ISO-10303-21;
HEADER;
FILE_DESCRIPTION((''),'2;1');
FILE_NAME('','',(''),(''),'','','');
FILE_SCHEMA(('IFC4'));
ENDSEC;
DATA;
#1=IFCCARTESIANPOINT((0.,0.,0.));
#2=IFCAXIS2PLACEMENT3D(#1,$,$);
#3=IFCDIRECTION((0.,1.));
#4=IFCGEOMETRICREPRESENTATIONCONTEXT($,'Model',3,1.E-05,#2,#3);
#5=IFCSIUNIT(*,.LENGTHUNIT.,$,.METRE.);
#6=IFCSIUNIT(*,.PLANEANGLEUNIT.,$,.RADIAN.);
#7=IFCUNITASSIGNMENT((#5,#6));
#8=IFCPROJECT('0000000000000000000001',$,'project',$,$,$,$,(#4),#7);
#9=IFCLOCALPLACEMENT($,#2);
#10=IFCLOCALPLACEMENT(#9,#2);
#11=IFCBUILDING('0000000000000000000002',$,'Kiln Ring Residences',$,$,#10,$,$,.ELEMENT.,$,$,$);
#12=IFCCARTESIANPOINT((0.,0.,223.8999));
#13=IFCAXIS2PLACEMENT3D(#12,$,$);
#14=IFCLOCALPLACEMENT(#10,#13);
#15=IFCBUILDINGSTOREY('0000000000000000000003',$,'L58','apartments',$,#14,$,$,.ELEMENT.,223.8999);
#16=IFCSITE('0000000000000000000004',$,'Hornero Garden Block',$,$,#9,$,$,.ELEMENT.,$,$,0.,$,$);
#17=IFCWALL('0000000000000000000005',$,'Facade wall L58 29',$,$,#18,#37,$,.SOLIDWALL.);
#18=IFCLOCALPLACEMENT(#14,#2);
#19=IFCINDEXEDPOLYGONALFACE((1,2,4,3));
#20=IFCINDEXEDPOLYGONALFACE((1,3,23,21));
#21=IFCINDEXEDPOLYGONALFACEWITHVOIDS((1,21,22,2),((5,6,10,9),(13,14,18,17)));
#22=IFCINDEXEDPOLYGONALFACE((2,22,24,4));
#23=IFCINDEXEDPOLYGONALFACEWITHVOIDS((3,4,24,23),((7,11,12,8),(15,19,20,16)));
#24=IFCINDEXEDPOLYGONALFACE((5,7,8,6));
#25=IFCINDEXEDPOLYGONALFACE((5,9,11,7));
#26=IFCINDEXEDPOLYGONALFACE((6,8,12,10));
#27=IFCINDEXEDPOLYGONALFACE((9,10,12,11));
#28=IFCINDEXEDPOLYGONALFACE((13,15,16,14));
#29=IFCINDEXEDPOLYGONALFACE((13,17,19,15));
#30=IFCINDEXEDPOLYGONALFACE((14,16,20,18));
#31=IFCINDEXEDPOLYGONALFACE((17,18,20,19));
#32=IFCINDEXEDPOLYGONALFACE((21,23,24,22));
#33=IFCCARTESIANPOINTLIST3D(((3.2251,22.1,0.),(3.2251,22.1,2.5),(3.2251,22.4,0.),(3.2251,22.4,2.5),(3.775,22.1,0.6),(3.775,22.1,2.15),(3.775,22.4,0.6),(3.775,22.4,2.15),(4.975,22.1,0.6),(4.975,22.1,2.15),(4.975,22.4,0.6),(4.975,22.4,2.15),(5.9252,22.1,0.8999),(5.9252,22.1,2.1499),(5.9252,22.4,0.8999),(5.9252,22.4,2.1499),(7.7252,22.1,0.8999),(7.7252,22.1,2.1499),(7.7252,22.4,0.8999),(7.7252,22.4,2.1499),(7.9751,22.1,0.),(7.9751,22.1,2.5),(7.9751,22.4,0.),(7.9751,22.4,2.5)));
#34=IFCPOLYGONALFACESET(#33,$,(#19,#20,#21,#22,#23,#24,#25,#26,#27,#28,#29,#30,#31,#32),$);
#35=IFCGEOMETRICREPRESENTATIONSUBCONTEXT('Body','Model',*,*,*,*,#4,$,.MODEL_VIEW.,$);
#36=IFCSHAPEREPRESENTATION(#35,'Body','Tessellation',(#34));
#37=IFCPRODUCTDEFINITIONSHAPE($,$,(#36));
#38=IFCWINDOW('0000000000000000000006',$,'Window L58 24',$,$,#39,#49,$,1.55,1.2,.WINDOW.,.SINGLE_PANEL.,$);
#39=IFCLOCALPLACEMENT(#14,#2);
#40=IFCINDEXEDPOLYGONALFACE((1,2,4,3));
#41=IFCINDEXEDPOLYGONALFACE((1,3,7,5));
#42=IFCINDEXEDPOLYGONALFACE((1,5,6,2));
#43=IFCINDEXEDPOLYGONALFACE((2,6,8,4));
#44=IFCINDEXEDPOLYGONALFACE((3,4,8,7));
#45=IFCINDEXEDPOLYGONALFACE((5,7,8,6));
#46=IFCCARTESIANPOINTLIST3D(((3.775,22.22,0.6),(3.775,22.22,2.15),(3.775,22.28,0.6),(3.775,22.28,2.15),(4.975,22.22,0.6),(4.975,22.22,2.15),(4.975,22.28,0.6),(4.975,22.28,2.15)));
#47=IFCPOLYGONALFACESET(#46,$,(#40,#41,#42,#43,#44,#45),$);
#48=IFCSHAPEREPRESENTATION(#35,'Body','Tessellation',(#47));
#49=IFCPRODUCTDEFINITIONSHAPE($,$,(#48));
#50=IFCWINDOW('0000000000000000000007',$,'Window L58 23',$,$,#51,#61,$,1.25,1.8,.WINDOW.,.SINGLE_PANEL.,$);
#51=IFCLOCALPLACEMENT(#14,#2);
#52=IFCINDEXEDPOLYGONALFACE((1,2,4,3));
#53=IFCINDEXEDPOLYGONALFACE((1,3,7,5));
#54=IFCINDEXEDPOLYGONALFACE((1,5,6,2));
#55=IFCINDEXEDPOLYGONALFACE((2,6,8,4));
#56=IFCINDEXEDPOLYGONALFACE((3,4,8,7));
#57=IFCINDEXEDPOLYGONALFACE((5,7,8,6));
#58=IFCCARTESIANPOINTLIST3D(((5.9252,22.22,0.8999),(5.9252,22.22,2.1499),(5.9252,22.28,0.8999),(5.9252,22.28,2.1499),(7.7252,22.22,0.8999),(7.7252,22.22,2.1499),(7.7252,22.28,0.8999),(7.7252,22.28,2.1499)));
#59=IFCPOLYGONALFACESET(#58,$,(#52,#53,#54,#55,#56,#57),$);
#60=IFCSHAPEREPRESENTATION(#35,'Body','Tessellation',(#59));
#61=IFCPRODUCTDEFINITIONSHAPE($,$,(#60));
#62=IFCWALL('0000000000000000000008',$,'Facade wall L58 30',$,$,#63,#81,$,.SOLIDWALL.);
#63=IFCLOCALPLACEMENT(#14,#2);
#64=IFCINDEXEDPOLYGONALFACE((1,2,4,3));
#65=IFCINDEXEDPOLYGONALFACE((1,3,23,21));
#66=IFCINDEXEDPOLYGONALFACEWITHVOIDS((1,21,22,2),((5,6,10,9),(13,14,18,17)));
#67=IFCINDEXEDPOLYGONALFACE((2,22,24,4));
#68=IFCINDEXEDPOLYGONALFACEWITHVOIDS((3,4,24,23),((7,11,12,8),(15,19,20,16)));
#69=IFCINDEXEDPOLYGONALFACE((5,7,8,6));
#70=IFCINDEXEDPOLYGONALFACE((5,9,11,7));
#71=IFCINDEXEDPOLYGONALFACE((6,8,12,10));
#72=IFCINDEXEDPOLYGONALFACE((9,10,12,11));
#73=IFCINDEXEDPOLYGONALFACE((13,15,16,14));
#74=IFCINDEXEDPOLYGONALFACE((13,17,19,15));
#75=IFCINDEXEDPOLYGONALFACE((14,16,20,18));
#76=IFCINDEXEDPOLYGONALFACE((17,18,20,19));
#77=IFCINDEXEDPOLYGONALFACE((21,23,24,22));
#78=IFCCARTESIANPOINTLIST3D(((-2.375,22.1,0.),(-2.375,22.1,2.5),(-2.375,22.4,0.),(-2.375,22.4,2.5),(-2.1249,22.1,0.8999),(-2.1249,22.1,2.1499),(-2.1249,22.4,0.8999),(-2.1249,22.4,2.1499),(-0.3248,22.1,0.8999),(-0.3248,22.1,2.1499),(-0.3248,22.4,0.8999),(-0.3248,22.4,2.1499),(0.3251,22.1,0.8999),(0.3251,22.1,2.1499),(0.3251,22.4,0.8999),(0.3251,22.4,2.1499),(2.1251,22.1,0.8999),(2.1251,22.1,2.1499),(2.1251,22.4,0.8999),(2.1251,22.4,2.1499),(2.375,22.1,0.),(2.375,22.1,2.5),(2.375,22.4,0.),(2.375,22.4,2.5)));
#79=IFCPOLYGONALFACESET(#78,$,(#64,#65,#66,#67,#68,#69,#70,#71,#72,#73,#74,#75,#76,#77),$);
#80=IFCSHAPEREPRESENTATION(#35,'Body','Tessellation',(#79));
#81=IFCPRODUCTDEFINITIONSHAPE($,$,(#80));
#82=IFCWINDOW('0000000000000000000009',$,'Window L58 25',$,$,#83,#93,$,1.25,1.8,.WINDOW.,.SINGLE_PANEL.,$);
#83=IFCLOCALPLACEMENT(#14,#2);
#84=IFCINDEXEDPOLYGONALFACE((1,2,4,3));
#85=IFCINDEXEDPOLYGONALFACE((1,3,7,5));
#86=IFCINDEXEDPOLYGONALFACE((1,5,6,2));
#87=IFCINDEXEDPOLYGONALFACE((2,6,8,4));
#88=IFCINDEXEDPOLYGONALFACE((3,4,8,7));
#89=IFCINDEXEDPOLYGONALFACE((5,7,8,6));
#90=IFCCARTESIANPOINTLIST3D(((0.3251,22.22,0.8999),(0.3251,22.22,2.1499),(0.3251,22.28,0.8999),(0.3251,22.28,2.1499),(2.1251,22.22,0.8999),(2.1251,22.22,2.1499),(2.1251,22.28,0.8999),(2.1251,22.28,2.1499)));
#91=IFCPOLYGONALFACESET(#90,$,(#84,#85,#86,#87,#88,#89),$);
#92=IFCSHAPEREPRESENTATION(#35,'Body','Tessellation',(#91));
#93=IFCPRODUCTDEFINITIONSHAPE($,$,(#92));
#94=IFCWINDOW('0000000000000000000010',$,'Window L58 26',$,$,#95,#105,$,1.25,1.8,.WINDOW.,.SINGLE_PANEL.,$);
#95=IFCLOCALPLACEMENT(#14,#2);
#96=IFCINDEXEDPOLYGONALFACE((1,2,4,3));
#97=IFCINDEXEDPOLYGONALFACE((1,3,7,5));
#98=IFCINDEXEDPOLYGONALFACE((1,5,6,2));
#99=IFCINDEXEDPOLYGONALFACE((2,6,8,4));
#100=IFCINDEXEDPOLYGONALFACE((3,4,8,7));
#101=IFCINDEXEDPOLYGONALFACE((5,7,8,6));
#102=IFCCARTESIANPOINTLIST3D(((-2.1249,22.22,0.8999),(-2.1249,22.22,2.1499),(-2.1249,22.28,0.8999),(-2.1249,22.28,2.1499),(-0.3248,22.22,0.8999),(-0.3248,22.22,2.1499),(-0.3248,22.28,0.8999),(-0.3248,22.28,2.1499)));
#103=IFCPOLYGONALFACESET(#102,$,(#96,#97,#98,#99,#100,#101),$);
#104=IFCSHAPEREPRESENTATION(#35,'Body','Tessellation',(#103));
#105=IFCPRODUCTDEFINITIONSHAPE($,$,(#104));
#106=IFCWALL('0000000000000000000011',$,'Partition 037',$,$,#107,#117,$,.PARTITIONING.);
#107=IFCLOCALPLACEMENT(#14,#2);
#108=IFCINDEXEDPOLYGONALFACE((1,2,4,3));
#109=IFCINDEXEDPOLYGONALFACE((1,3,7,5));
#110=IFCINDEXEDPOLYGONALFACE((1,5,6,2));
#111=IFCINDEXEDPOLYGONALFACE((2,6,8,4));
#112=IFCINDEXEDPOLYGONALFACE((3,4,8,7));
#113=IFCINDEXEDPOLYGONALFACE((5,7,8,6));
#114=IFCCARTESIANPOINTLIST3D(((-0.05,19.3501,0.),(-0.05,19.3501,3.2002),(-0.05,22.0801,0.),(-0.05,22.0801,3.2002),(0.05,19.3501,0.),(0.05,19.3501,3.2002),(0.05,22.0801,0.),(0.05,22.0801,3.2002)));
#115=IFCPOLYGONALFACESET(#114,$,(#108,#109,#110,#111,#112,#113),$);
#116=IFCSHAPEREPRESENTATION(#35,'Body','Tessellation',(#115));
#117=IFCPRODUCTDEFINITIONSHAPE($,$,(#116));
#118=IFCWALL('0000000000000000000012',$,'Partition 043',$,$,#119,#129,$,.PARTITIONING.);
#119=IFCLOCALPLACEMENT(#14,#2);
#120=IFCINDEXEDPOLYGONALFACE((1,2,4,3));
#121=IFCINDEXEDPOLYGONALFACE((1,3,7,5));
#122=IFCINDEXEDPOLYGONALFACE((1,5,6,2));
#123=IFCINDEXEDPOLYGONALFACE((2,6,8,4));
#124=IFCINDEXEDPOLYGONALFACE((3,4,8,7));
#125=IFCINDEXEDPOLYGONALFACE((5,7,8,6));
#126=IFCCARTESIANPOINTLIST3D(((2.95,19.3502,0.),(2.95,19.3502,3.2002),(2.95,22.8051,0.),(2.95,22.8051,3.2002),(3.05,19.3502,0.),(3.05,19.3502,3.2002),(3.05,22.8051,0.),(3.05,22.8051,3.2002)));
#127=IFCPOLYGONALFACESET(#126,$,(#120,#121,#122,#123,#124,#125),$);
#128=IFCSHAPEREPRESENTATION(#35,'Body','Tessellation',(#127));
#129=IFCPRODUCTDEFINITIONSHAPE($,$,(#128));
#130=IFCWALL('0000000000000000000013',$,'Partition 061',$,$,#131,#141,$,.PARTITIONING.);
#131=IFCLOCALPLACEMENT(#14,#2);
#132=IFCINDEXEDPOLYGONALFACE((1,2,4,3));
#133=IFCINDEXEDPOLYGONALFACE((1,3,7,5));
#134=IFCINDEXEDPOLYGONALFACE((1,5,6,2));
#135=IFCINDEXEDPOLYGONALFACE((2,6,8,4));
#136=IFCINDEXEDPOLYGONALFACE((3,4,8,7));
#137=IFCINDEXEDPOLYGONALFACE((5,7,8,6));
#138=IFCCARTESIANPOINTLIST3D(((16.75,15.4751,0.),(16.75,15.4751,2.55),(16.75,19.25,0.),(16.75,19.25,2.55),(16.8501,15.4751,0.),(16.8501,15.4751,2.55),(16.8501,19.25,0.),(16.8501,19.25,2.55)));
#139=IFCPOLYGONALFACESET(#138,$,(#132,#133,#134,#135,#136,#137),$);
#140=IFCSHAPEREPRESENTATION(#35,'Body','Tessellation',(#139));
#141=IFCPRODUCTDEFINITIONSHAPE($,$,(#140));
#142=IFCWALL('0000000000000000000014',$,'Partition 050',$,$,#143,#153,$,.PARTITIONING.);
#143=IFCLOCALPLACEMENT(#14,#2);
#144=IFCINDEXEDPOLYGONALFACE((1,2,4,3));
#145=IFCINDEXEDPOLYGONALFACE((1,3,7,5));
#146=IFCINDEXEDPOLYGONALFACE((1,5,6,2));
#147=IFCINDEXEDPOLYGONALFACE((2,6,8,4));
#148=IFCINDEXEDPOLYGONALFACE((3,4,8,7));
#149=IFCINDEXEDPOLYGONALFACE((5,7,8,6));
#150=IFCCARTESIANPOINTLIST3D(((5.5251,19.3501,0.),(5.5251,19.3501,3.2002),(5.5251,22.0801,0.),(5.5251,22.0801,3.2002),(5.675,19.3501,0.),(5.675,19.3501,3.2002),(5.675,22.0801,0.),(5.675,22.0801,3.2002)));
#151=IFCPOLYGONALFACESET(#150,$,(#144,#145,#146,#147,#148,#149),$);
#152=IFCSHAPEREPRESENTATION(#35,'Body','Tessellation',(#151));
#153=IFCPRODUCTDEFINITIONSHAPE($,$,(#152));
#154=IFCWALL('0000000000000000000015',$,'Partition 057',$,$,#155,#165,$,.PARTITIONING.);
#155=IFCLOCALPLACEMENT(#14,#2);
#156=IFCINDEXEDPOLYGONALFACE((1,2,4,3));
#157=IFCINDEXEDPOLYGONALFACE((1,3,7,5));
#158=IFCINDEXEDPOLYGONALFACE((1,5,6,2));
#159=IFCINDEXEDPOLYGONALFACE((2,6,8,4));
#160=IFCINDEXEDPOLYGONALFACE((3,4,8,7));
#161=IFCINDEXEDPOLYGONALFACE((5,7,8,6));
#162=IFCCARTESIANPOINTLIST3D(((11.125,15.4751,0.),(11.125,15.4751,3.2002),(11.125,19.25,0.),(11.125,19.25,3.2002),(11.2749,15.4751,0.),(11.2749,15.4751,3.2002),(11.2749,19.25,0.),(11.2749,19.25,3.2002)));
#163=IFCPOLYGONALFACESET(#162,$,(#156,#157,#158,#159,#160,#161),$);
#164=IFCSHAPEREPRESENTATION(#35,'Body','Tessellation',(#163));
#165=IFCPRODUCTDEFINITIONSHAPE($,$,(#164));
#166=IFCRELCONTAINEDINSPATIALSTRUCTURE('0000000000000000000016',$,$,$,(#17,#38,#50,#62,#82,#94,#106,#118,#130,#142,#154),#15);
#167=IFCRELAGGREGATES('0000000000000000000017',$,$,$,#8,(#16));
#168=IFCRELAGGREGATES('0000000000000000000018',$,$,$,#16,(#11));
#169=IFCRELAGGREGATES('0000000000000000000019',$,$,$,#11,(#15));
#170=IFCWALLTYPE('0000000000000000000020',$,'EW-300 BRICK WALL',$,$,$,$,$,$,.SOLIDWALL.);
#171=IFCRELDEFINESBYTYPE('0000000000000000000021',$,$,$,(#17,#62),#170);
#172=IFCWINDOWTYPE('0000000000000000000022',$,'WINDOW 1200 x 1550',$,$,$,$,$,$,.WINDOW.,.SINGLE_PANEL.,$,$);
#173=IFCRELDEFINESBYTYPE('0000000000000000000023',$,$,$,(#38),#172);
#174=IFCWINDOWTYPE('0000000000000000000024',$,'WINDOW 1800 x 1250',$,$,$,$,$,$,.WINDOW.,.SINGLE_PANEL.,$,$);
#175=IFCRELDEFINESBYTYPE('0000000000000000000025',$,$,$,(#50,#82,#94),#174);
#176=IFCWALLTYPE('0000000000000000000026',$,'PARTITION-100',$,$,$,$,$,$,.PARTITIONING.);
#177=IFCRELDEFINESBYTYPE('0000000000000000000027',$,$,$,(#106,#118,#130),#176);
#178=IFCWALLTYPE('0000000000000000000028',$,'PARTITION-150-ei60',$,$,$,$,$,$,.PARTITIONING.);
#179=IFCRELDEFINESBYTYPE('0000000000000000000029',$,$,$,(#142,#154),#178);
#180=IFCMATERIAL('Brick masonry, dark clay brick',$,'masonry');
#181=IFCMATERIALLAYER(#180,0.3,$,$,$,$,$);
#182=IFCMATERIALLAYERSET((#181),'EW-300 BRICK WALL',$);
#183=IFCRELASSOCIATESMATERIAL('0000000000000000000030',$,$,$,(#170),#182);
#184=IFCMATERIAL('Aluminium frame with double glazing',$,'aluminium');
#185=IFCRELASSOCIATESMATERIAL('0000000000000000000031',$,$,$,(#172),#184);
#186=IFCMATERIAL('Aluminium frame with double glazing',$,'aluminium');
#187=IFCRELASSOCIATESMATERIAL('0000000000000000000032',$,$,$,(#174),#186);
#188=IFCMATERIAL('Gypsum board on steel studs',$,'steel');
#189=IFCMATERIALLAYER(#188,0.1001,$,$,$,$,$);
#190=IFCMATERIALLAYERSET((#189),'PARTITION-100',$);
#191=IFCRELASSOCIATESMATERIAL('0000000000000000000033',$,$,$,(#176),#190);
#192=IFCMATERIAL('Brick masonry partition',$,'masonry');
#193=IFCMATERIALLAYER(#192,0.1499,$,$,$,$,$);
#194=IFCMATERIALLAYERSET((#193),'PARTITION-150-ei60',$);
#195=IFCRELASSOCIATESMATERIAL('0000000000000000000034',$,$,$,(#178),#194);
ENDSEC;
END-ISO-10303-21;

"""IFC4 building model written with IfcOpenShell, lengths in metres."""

from ifc_helpers import new_model, si_unit, direction, frame, frame_2d, origin, place, context, subcontext, project, spatial, rectangle, extrude, material, layer, layer_set, type_object, element, fill, save


model = new_model("IFC4")

# Units and contexts
model_context = context("Model", 3, precision=1e-05, world=origin(), true_north=direction((0.0, 1.0)))
body_context = subcontext(model_context, "Body", "Model", "MODEL_VIEW")
ifc_project = project(units=[si_unit("LENGTHUNIT", "METRE"), si_unit("PLANEANGLEUNIT", "RADIAN")], contexts=[model_context])

# Site, building, storey
site_placement = place(None, origin())
site = spatial("IfcSite", under=ifc_project, at=site_placement, Name="Hornero Garden Block", CompositionType="ELEMENT", RefElevation=0.0)
building_placement = place(site_placement, origin())
building = spatial("IfcBuilding", under=site, at=building_placement, Name="Kiln Ring Residences", CompositionType="ELEMENT")
storey_placement = place(building_placement, frame((0.0, 0.0, 223.8999)))
storey = spatial("IfcBuildingStorey", under=building, at=storey_placement, Name="L58", Description="apartments", CompositionType="ELEMENT", Elevation=223.8999)

# Shared definitions
ifc_material_1 = material(Name="Brick masonry, dark clay brick", Category="masonry")
ifc_layer_1 = layer(ifc_material_1, 0.3)
ifc_layer_set_1 = layer_set([ifc_layer_1], Name="EW-300 BRICK WALL")
wall_type_1 = type_object("IfcWallType", Name="EW-300 BRICK WALL", PredefinedType="SOLIDWALL", material=ifc_layer_set_1)
ifc_material_2 = material(Name="Aluminium frame with double glazing", Category="aluminium")
window_type_1 = type_object("IfcWindowType", Name="WINDOW 1200 x 1550", PartitioningType="SINGLE_PANEL", PredefinedType="WINDOW", material=ifc_material_2)

# Walls, openings, windows
wall_1_placement = place(storey_placement, frame((7.9751, 22.25, 0.0), z_axis=(0.0, 0.0, 1.0), x_axis=(-1.0, 0.0, 0.0)))
wall_1 = element("IfcWall", 1, at=wall_1_placement, inside=storey, type_object=wall_type_1, Name="Facade wall L58 29", PredefinedType="SOLIDWALL", context=body_context, shape_type="SweptSolid", body=[
    extrude(rectangle(XDim=4.75, YDim=0.3, at=frame_2d((2.375, 0.0))), origin(), (0.0, 0.0, 1.0), 2.5),
])
opening_1_placement = place(wall_1_placement, frame((0.25, 0.0, 0.8999)))
opening_1 = element("IfcOpeningElement", 2, at=opening_1_placement, cuts=wall_1, PredefinedType="OPENING", context=body_context, shape_type="SweptSolid", body=[
    extrude(rectangle(XDim=1.8, YDim=1.25, at=frame_2d((0.8999, 0.625))), frame((0.0, 0.1599, 0.0), z_axis=(0.0, -1.0, 0.0), x_axis=(1.0, 0.0, 0.0)), (0.0, 0.0, 1.0), 0.3201),
])
opening_2_placement = place(wall_1_placement, frame((3.0, 0.0, 0.6001)))
opening_2 = element("IfcOpeningElement", 3, at=opening_2_placement, cuts=wall_1, PredefinedType="OPENING", context=body_context, shape_type="SweptSolid", body=[
    extrude(rectangle(XDim=1.2, YDim=1.55, at=frame_2d((0.6001, 0.7749))), frame((0.0, 0.1599, 0.0), z_axis=(0.0, -1.0, 0.0), x_axis=(1.0, 0.0, 0.0)), (0.0, 0.0, 1.0), 0.3201),
])
window_1_placement = place(opening_2_placement, origin())
window_1 = element("IfcWindow", 4, at=window_1_placement, inside=storey, type_object=window_type_1, Name="Window L58 24", OverallHeight=1.55, OverallWidth=1.2, PartitioningType="SINGLE_PANEL", PredefinedType="WINDOW", context=body_context, shape_type="SweptSolid", body=[
    extrude(rectangle(XDim=1.2, YDim=1.55, at=frame_2d((0.6001, 0.7749))), frame((0.0, 0.03, 0.0), z_axis=(0.0, -1.0, 0.0), x_axis=(1.0, 0.0, 0.0)), (0.0, 0.0, 1.0), 0.0601),
])
fill(opening_2, window_1)
ifc_material_3 = material(Name="Aluminium frame with double glazing", Category="aluminium")
window_type_2 = type_object("IfcWindowType", Name="WINDOW 1800 x 1250", PartitioningType="SINGLE_PANEL", PredefinedType="WINDOW", material=ifc_material_3)
window_2_placement = place(opening_1_placement, origin())
window_2 = element("IfcWindow", 5, at=window_2_placement, inside=storey, type_object=window_type_2, Name="Window L58 23", OverallHeight=1.25, OverallWidth=1.8, PartitioningType="SINGLE_PANEL", PredefinedType="WINDOW", context=body_context, shape_type="SweptSolid", body=[
    extrude(rectangle(XDim=1.8, YDim=1.25, at=frame_2d((0.8999, 0.625))), frame((0.0, 0.03, 0.0), z_axis=(0.0, -1.0, 0.0), x_axis=(1.0, 0.0, 0.0)), (0.0, 0.0, 1.0), 0.0601),
])
fill(opening_1, window_2)
wall_2_placement = place(storey_placement, frame((2.375, 22.25, 0.0), z_axis=(0.0, 0.0, 1.0), x_axis=(-1.0, 0.0, 0.0)))
wall_2 = element("IfcWall", 6, at=wall_2_placement, inside=storey, type_object=wall_type_1, Name="Facade wall L58 30", PredefinedType="SOLIDWALL", context=body_context, shape_type="SweptSolid", body=[
    extrude(rectangle(XDim=4.75, YDim=0.3, at=frame_2d((2.375, 0.0))), origin(), (0.0, 0.0, 1.0), 2.5),
])
opening_3_placement = place(wall_2_placement, frame((0.25, 0.0, 0.8999)))
opening_3 = element("IfcOpeningElement", 7, at=opening_3_placement, cuts=wall_2, PredefinedType="OPENING", context=body_context, shape_type="SweptSolid", body=[
    extrude(rectangle(XDim=1.8, YDim=1.25, at=frame_2d((0.8999, 0.625))), frame((0.0, 0.1599, 0.0), z_axis=(0.0, -1.0, 0.0), x_axis=(1.0, 0.0, 0.0)), (0.0, 0.0, 1.0), 0.3201),
])
opening_4_placement = place(wall_2_placement, frame((2.7, 0.0, 0.8999)))
opening_4 = element("IfcOpeningElement", 8, at=opening_4_placement, cuts=wall_2, PredefinedType="OPENING", context=body_context, shape_type="SweptSolid", body=[
    extrude(rectangle(XDim=1.8, YDim=1.25, at=frame_2d((0.8999, 0.625))), frame((0.0, 0.1599, 0.0), z_axis=(0.0, -1.0, 0.0), x_axis=(1.0, 0.0, 0.0)), (0.0, 0.0, 1.0), 0.3201),
])
window_3_placement = place(opening_3_placement, origin())
window_3 = element("IfcWindow", 9, at=window_3_placement, inside=storey, type_object=window_type_2, Name="Window L58 25", OverallHeight=1.25, OverallWidth=1.8, PartitioningType="SINGLE_PANEL", PredefinedType="WINDOW", context=body_context, shape_type="SweptSolid", body=[
    extrude(rectangle(XDim=1.8, YDim=1.25, at=frame_2d((0.8999, 0.625))), frame((0.0, 0.03, 0.0), z_axis=(0.0, -1.0, 0.0), x_axis=(1.0, 0.0, 0.0)), (0.0, 0.0, 1.0), 0.0601),
])
fill(opening_3, window_3)
window_4_placement = place(opening_4_placement, origin())
window_4 = element("IfcWindow", 10, at=window_4_placement, inside=storey, type_object=window_type_2, Name="Window L58 26", OverallHeight=1.25, OverallWidth=1.8, PartitioningType="SINGLE_PANEL", PredefinedType="WINDOW", context=body_context, shape_type="SweptSolid", body=[
    extrude(rectangle(XDim=1.8, YDim=1.25, at=frame_2d((0.8999, 0.625))), frame((0.0, 0.03, 0.0), z_axis=(0.0, -1.0, 0.0), x_axis=(1.0, 0.0, 0.0)), (0.0, 0.0, 1.0), 0.0601),
])
fill(opening_4, window_4)

# Walls
ifc_material_4 = material(Name="Gypsum board on steel studs", Category="steel")
ifc_layer_2 = layer(ifc_material_4, 0.1001)
ifc_layer_set_2 = layer_set([ifc_layer_2], Name="PARTITION-100")
wall_type_2 = type_object("IfcWallType", Name="PARTITION-100", PredefinedType="PARTITIONING", material=ifc_layer_set_2)
wall_3_placement = place(storey_placement, frame((0.0, 19.3501, 0.0), z_axis=(0.0, 0.0, 1.0), x_axis=(0.0, 1.0, 0.0)))
element("IfcWall", 11, at=wall_3_placement, inside=storey, type_object=wall_type_2, Name="Partition 037", PredefinedType="PARTITIONING", context=body_context, shape_type="SweptSolid", body=[
    extrude(rectangle(XDim=2.73, YDim=0.1001, at=frame_2d((1.365, 0.0))), origin(), (0.0, 0.0, 1.0), 3.2002),
])
wall_4_placement = place(storey_placement, frame((3.0, 19.3501, 0.0), z_axis=(0.0, 0.0, 1.0), x_axis=(0.0, 1.0, 0.0)))
element("IfcWall", 12, at=wall_4_placement, inside=storey, type_object=wall_type_2, Name="Partition 043", PredefinedType="PARTITIONING", context=body_context, shape_type="SweptSolid", body=[
    extrude(rectangle(XDim=3.4548, YDim=0.1001, at=frame_2d((1.7275, 0.0))), origin(), (0.0, 0.0, 1.0), 3.2002),
])
wall_5_placement = place(storey_placement, frame((16.8, 15.4751, 0.0), z_axis=(0.0, 0.0, 1.0), x_axis=(0.0, 1.0, 0.0)))
element("IfcWall", 13, at=wall_5_placement, inside=storey, type_object=wall_type_2, Name="Partition 061", PredefinedType="PARTITIONING", context=body_context, shape_type="SweptSolid", body=[
    extrude(rectangle(XDim=3.7749, YDim=0.1001, at=frame_2d((1.8875, 0.0))), origin(), (0.0, 0.0, 1.0), 2.55),
])
ifc_material_5 = material(Name="Brick masonry partition", Category="masonry")
ifc_layer_3 = layer(ifc_material_5, 0.1499)
ifc_layer_set_3 = layer_set([ifc_layer_3], Name="PARTITION-150-ei60")
wall_type_3 = type_object("IfcWallType", Name="PARTITION-150-ei60", PredefinedType="PARTITIONING", material=ifc_layer_set_3)
wall_6_placement = place(storey_placement, frame((5.6001, 19.3501, 0.0), z_axis=(0.0, 0.0, 1.0), x_axis=(0.0, 1.0, 0.0)))
element("IfcWall", 14, at=wall_6_placement, inside=storey, type_object=wall_type_3, Name="Partition 050", PredefinedType="PARTITIONING", context=body_context, shape_type="SweptSolid", body=[
    extrude(rectangle(XDim=2.73, YDim=0.1499, at=frame_2d((1.365, 0.0))), origin(), (0.0, 0.0, 1.0), 3.2002),
])
wall_7_placement = place(storey_placement, frame((11.2, 15.4751, 0.0), z_axis=(0.0, 0.0, 1.0), x_axis=(0.0, 1.0, 0.0)))
element("IfcWall", 15, at=wall_7_placement, inside=storey, type_object=wall_type_3, Name="Partition 057", PredefinedType="PARTITIONING", context=body_context, shape_type="SweptSolid", body=[
    extrude(rectangle(XDim=3.7749, YDim=0.1499, at=frame_2d((1.8875, 0.0))), origin(), (0.0, 0.0, 1.0), 3.2002),
])

save(model, "model.ifc")
